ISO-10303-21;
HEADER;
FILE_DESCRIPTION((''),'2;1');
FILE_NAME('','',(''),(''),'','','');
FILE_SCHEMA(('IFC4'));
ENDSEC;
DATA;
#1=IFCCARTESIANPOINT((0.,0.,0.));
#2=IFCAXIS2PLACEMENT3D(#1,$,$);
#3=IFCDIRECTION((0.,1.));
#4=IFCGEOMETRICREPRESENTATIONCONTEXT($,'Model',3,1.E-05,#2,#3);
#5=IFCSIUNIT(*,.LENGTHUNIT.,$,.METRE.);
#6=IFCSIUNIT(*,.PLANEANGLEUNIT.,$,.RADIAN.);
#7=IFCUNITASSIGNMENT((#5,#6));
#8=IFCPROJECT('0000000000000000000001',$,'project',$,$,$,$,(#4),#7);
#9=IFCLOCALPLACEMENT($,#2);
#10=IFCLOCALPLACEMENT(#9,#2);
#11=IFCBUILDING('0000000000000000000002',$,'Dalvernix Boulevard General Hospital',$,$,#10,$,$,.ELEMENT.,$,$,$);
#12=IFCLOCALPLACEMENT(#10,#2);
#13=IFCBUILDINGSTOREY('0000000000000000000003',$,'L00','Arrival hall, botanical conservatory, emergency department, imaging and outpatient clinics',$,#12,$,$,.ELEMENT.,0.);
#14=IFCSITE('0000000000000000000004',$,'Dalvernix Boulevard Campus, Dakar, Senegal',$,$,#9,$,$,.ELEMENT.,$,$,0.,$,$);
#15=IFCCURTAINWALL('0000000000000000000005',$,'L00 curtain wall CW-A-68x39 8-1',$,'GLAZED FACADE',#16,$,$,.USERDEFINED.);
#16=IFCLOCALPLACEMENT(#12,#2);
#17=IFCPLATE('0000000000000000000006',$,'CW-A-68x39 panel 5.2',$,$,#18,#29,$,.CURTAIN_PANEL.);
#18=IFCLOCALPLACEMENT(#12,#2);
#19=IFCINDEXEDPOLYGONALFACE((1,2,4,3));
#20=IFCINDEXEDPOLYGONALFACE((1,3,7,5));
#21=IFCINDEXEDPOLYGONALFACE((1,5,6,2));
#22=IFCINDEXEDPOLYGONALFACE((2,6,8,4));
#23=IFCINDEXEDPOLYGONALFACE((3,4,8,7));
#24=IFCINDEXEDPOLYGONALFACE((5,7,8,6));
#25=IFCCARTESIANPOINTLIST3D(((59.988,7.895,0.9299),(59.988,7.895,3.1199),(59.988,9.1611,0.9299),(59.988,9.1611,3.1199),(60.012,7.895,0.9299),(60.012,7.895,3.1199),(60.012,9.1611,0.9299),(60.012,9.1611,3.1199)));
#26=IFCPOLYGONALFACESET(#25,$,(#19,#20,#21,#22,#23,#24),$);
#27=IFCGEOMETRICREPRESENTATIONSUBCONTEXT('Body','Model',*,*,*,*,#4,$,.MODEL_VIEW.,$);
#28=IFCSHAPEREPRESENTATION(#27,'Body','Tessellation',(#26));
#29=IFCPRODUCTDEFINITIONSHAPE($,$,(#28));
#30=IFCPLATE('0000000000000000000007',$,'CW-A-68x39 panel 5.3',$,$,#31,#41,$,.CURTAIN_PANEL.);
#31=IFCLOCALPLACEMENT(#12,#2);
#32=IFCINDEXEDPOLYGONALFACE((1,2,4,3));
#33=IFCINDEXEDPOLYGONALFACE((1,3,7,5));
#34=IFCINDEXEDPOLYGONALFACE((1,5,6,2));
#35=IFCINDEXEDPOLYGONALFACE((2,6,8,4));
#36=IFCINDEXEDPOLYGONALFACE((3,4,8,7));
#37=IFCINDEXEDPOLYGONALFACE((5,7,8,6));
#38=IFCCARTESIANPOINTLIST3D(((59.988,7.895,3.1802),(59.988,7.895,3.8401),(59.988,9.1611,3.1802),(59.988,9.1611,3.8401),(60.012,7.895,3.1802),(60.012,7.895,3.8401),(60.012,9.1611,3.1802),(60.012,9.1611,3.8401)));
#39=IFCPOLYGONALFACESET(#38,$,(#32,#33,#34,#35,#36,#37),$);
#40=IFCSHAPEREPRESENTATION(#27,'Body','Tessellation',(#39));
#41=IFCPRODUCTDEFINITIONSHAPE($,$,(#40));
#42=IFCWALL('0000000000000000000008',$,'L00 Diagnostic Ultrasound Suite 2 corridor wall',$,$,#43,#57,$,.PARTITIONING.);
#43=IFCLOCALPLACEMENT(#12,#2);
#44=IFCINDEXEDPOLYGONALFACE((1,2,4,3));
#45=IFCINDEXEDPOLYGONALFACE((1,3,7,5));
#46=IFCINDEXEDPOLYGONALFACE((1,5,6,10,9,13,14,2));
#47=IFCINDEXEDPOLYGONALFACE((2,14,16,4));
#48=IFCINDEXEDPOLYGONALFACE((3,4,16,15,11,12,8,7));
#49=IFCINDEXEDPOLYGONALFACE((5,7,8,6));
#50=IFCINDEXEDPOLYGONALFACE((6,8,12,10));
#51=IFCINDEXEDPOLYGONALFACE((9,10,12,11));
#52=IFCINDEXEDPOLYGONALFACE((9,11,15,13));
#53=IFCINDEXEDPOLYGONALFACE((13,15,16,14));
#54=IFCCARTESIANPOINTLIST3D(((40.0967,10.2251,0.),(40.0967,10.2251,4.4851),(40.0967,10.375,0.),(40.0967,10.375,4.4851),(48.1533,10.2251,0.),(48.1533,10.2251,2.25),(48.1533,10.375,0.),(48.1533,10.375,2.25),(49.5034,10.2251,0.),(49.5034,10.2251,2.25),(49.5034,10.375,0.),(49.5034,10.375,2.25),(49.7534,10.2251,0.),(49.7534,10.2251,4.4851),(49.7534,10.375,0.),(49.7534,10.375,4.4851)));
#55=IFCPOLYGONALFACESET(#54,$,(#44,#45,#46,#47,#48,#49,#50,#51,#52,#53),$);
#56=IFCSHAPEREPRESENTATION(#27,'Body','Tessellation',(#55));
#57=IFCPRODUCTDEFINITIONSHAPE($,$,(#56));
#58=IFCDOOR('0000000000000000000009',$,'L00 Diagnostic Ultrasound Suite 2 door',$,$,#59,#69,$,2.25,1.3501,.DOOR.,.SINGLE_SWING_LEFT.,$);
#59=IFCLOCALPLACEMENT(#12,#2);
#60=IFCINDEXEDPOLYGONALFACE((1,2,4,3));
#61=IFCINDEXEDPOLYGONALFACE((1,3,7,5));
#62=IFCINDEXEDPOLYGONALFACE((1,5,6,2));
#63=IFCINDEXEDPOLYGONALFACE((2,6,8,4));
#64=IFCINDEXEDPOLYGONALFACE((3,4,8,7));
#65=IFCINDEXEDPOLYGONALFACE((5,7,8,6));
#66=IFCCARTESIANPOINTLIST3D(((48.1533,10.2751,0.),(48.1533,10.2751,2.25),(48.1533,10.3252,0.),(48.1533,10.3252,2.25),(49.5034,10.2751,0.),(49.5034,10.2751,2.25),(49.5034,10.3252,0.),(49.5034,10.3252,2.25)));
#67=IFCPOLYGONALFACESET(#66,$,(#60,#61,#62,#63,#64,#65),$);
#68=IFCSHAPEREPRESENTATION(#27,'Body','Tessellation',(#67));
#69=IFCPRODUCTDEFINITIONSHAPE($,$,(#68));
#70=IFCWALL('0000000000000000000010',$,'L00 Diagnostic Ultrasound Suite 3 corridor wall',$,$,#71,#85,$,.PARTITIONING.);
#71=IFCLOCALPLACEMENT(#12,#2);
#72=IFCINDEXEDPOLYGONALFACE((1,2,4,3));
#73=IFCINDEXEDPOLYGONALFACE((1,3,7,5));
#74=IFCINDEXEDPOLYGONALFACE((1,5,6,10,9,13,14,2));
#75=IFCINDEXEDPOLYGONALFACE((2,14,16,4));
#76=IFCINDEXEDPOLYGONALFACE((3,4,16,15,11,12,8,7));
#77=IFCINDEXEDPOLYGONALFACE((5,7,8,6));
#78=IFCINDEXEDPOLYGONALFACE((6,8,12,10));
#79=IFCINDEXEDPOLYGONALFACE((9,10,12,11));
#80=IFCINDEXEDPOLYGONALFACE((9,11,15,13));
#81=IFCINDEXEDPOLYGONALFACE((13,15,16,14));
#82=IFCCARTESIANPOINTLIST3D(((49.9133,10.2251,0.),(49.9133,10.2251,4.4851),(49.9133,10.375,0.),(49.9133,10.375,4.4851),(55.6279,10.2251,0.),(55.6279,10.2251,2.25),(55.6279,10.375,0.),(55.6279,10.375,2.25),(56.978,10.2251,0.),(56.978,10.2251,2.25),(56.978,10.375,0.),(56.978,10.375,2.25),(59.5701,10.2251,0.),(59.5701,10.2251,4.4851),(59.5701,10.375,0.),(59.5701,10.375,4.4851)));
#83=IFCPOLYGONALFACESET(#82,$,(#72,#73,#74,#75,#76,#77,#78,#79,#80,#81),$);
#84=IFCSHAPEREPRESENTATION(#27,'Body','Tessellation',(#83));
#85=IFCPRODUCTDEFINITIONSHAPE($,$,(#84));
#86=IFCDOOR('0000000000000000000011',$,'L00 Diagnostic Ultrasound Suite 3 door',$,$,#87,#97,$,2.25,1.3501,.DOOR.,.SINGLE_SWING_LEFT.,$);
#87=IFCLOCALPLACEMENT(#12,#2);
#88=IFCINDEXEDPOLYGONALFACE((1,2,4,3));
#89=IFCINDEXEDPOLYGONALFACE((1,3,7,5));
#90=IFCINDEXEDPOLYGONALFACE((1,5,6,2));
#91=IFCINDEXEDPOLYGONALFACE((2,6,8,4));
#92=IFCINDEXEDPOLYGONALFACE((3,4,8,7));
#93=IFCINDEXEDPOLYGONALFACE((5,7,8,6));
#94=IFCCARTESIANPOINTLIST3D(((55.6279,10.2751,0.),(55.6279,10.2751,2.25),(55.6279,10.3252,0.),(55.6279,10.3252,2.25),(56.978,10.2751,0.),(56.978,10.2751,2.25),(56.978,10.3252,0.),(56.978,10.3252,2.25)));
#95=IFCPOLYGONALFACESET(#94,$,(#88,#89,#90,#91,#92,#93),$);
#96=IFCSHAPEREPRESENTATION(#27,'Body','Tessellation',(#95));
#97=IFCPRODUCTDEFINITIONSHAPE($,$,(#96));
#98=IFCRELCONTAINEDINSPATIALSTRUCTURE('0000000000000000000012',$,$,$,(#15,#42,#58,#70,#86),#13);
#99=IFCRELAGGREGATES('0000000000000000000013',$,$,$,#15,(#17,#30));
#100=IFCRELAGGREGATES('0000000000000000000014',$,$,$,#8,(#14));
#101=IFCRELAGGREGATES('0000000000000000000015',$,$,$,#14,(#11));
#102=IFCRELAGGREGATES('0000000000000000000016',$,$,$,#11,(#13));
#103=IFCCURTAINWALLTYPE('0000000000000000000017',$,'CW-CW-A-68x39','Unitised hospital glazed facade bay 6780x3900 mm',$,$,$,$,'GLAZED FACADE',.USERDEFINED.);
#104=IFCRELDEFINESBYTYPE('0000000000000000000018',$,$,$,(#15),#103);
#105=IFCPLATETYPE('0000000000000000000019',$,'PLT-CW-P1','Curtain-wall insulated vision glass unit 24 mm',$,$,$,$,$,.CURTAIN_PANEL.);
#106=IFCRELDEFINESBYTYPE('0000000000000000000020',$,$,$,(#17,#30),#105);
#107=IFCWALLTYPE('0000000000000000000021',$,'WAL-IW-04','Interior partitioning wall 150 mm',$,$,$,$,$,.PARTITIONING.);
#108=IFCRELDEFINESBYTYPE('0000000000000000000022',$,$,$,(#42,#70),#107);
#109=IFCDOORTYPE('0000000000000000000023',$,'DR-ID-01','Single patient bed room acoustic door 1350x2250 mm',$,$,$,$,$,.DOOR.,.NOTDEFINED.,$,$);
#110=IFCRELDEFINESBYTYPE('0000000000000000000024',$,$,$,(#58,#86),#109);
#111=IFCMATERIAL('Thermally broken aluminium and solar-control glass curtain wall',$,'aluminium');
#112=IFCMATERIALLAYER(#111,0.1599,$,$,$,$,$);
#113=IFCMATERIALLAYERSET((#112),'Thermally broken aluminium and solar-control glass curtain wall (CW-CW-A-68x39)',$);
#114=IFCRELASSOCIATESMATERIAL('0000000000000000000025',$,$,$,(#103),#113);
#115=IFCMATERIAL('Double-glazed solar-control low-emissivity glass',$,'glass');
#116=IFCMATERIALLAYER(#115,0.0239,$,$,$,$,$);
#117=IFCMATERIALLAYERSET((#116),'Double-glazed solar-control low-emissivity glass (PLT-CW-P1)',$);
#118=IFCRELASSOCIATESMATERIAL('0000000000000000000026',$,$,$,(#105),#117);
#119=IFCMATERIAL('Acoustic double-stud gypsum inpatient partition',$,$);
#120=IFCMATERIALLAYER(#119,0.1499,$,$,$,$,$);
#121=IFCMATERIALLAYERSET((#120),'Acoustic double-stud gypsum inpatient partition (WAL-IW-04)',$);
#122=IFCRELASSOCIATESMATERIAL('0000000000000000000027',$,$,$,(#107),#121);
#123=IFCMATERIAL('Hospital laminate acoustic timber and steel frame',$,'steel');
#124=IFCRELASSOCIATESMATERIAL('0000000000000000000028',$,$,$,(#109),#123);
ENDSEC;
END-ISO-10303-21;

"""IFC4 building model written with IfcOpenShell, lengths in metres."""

from ifc_helpers import new_model, si_unit, direction, frame, frame_2d, origin, origin_2d, place, context, subcontext, project, spatial, rectangle, extrude, material, layer, layer_set, type_object, element, fill, aggregate, save


model = new_model("IFC4")

# Units and contexts
model_context = context("Model", 3, precision=1e-05, world=origin(), true_north=direction((0.0, 1.0)))
body_context = subcontext(model_context, "Body", "Model", "MODEL_VIEW")
ifc_project = project(units=[si_unit("LENGTHUNIT", "METRE"), si_unit("PLANEANGLEUNIT", "RADIAN")], contexts=[model_context])

# Site, building, storey
site_placement = place(None, origin())
site = spatial("IfcSite", under=ifc_project, at=site_placement, Name="Dalvernix Boulevard Campus, Dakar, Senegal", CompositionType="ELEMENT", RefElevation=0.0)
building_placement = place(site_placement, origin())
building = spatial("IfcBuilding", under=site, at=building_placement, Name="Dalvernix Boulevard General Hospital", CompositionType="ELEMENT")
storey_placement = place(building_placement, origin())
storey = spatial("IfcBuildingStorey", under=building, at=storey_placement, Name="L00", Description="Arrival hall, botanical conservatory, emergency department, imaging and outpatient clinics", CompositionType="ELEMENT", Elevation=0.0)

# Curtain wall, plates
ifc_material_1 = material(Name="Thermally broken aluminium and solar-control glass curtain wall", Category="aluminium")
ifc_layer_1 = layer(ifc_material_1, 0.1599)
ifc_layer_set_1 = layer_set([ifc_layer_1], Name="Thermally broken aluminium and solar-control glass curtain wall (CW-CW-A-68x39)")
curtain_wall_type = type_object("IfcCurtainWallType", Name="CW-CW-A-68x39", Description="Unitised hospital glazed facade bay 6780x3900 mm", ElementType="GLAZED FACADE", PredefinedType="USERDEFINED", material=ifc_layer_set_1)
curtain_wall_placement = place(storey_placement, origin())
curtain_wall = element("IfcCurtainWall", 1, at=curtain_wall_placement, inside=storey, type_object=curtain_wall_type, Name="L00 curtain wall CW-A-68x39 8-1", ObjectType="GLAZED FACADE", PredefinedType="USERDEFINED")
ifc_material_2 = material(Name="Double-glazed solar-control low-emissivity glass", Category="glass")
ifc_layer_2 = layer(ifc_material_2, 0.0239)
ifc_layer_set_2 = layer_set([ifc_layer_2], Name="Double-glazed solar-control low-emissivity glass (PLT-CW-P1)")
plate_type = type_object("IfcPlateType", Name="PLT-CW-P1", Description="Curtain-wall insulated vision glass unit 24 mm", PredefinedType="CURTAIN_PANEL", material=ifc_layer_set_2)
plate_1_placement = place(storey_placement, frame((60.0, 8.5281, 0.9299), z_axis=(0.0, 0.0, 1.0), x_axis=(0.0, -1.0, 0.0)))
plate_1 = element("IfcPlate", 2, at=plate_1_placement, type_object=plate_type, Name="CW-A-68x39 panel 5.2", PredefinedType="CURTAIN_PANEL", context=body_context, shape_type="SweptSolid", body=[
    extrude(rectangle(XDim=1.2661, YDim=0.0239, at=origin_2d()), origin(), (0.0, 0.0, 1.0), 2.1899),
])
plate_2_placement = place(storey_placement, frame((60.0, 8.5281, 3.1802), z_axis=(0.0, 0.0, 1.0), x_axis=(0.0, -1.0, 0.0)))
plate_2 = element("IfcPlate", 3, at=plate_2_placement, type_object=plate_type, Name="CW-A-68x39 panel 5.3", PredefinedType="CURTAIN_PANEL", context=body_context, shape_type="SweptSolid", body=[
    extrude(rectangle(XDim=1.2661, YDim=0.0239, at=origin_2d()), origin(), (0.0, 0.0, 1.0), 0.6599),
])
aggregate(curtain_wall, [plate_1, plate_2])

# Walls, openings, doors
ifc_material_3 = material(Name="Acoustic double-stud gypsum inpatient partition")
ifc_layer_3 = layer(ifc_material_3, 0.1499)
ifc_layer_set_3 = layer_set([ifc_layer_3], Name="Acoustic double-stud gypsum inpatient partition (WAL-IW-04)")
wall_type = type_object("IfcWallType", Name="WAL-IW-04", Description="Interior partitioning wall 150 mm", PredefinedType="PARTITIONING", material=ifc_layer_set_3)
wall_1_placement = place(storey_placement, frame((49.7534, 10.3, 0.0), z_axis=(0.0, 0.0, 1.0), x_axis=(-1.0, 0.0, 0.0)))
wall_1 = element("IfcWall", 4, at=wall_1_placement, inside=storey, type_object=wall_type, Name="L00 Diagnostic Ultrasound Suite 2 corridor wall", PredefinedType="PARTITIONING", context=body_context, shape_type="SweptSolid", body=[
    extrude(rectangle(XDim=9.6567, YDim=0.1499, at=frame_2d((4.8284, 0.0))), origin(), (0.0, 0.0, 1.0), 4.4851),
])
opening_1_placement = place(wall_1_placement, frame((0.25, 0.0, 0.0)))
opening_1 = element("IfcOpeningElement", 5, at=opening_1_placement, cuts=wall_1, PredefinedType="OPENING", context=body_context, shape_type="SweptSolid", body=[
    extrude(rectangle(XDim=1.3501, YDim=2.25, at=frame_2d((0.675, 1.125))), frame((0.0, 0.085, 0.0), z_axis=(0.0, -1.0, 0.0), x_axis=(1.0, 0.0, 0.0)), (0.0, 0.0, 1.0), 0.1699),
])
ifc_material_4 = material(Name="Hospital laminate acoustic timber and steel frame", Category="steel")
door_type = type_object("IfcDoorType", Name="DR-ID-01", Description="Single patient bed room acoustic door 1350x2250 mm", OperationType="NOTDEFINED", PredefinedType="DOOR", material=ifc_material_4)
door_1_placement = place(opening_1_placement, origin())
door_1 = element("IfcDoor", 6, at=door_1_placement, inside=storey, type_object=door_type, Name="L00 Diagnostic Ultrasound Suite 2 door", OperationType="SINGLE_SWING_LEFT", OverallHeight=2.25, OverallWidth=1.3501, PredefinedType="DOOR", context=body_context, shape_type="SweptSolid", body=[
    extrude(rectangle(XDim=1.3501, YDim=2.25, at=frame_2d((0.675, 1.125))), frame((0.0, 0.0249, 0.0), z_axis=(0.0, -1.0, 0.0), x_axis=(1.0, 0.0, 0.0)), (0.0, 0.0, 1.0), 0.05),
])
fill(opening_1, door_1)
wall_2_placement = place(storey_placement, frame((59.5701, 10.3, 0.0), z_axis=(0.0, 0.0, 1.0), x_axis=(-1.0, 0.0, 0.0)))
wall_2 = element("IfcWall", 7, at=wall_2_placement, inside=storey, type_object=wall_type, Name="L00 Diagnostic Ultrasound Suite 3 corridor wall", PredefinedType="PARTITIONING", context=body_context, shape_type="SweptSolid", body=[
    extrude(rectangle(XDim=9.6567, YDim=0.1499, at=frame_2d((4.8284, 0.0))), origin(), (0.0, 0.0, 1.0), 4.4851),
])
opening_2_placement = place(wall_2_placement, frame((2.592, 0.0, 0.0)))
opening_2 = element("IfcOpeningElement", 8, at=opening_2_placement, cuts=wall_2, PredefinedType="OPENING", context=body_context, shape_type="SweptSolid", body=[
    extrude(rectangle(XDim=1.3501, YDim=2.25, at=frame_2d((0.675, 1.125))), frame((0.0, 0.085, 0.0), z_axis=(0.0, -1.0, 0.0), x_axis=(1.0, 0.0, 0.0)), (0.0, 0.0, 1.0), 0.1699),
])
door_2_placement = place(opening_2_placement, origin())
door_2 = element("IfcDoor", 9, at=door_2_placement, inside=storey, type_object=door_type, Name="L00 Diagnostic Ultrasound Suite 3 door", OperationType="SINGLE_SWING_LEFT", OverallHeight=2.25, OverallWidth=1.3501, PredefinedType="DOOR", context=body_context, shape_type="SweptSolid", body=[
    extrude(rectangle(XDim=1.3501, YDim=2.25, at=frame_2d((0.675, 1.125))), frame((0.0, 0.0249, 0.0), z_axis=(0.0, -1.0, 0.0), x_axis=(1.0, 0.0, 0.0)), (0.0, 0.0, 1.0), 0.05),
])
fill(opening_2, door_2)

save(model, "model.ifc")
